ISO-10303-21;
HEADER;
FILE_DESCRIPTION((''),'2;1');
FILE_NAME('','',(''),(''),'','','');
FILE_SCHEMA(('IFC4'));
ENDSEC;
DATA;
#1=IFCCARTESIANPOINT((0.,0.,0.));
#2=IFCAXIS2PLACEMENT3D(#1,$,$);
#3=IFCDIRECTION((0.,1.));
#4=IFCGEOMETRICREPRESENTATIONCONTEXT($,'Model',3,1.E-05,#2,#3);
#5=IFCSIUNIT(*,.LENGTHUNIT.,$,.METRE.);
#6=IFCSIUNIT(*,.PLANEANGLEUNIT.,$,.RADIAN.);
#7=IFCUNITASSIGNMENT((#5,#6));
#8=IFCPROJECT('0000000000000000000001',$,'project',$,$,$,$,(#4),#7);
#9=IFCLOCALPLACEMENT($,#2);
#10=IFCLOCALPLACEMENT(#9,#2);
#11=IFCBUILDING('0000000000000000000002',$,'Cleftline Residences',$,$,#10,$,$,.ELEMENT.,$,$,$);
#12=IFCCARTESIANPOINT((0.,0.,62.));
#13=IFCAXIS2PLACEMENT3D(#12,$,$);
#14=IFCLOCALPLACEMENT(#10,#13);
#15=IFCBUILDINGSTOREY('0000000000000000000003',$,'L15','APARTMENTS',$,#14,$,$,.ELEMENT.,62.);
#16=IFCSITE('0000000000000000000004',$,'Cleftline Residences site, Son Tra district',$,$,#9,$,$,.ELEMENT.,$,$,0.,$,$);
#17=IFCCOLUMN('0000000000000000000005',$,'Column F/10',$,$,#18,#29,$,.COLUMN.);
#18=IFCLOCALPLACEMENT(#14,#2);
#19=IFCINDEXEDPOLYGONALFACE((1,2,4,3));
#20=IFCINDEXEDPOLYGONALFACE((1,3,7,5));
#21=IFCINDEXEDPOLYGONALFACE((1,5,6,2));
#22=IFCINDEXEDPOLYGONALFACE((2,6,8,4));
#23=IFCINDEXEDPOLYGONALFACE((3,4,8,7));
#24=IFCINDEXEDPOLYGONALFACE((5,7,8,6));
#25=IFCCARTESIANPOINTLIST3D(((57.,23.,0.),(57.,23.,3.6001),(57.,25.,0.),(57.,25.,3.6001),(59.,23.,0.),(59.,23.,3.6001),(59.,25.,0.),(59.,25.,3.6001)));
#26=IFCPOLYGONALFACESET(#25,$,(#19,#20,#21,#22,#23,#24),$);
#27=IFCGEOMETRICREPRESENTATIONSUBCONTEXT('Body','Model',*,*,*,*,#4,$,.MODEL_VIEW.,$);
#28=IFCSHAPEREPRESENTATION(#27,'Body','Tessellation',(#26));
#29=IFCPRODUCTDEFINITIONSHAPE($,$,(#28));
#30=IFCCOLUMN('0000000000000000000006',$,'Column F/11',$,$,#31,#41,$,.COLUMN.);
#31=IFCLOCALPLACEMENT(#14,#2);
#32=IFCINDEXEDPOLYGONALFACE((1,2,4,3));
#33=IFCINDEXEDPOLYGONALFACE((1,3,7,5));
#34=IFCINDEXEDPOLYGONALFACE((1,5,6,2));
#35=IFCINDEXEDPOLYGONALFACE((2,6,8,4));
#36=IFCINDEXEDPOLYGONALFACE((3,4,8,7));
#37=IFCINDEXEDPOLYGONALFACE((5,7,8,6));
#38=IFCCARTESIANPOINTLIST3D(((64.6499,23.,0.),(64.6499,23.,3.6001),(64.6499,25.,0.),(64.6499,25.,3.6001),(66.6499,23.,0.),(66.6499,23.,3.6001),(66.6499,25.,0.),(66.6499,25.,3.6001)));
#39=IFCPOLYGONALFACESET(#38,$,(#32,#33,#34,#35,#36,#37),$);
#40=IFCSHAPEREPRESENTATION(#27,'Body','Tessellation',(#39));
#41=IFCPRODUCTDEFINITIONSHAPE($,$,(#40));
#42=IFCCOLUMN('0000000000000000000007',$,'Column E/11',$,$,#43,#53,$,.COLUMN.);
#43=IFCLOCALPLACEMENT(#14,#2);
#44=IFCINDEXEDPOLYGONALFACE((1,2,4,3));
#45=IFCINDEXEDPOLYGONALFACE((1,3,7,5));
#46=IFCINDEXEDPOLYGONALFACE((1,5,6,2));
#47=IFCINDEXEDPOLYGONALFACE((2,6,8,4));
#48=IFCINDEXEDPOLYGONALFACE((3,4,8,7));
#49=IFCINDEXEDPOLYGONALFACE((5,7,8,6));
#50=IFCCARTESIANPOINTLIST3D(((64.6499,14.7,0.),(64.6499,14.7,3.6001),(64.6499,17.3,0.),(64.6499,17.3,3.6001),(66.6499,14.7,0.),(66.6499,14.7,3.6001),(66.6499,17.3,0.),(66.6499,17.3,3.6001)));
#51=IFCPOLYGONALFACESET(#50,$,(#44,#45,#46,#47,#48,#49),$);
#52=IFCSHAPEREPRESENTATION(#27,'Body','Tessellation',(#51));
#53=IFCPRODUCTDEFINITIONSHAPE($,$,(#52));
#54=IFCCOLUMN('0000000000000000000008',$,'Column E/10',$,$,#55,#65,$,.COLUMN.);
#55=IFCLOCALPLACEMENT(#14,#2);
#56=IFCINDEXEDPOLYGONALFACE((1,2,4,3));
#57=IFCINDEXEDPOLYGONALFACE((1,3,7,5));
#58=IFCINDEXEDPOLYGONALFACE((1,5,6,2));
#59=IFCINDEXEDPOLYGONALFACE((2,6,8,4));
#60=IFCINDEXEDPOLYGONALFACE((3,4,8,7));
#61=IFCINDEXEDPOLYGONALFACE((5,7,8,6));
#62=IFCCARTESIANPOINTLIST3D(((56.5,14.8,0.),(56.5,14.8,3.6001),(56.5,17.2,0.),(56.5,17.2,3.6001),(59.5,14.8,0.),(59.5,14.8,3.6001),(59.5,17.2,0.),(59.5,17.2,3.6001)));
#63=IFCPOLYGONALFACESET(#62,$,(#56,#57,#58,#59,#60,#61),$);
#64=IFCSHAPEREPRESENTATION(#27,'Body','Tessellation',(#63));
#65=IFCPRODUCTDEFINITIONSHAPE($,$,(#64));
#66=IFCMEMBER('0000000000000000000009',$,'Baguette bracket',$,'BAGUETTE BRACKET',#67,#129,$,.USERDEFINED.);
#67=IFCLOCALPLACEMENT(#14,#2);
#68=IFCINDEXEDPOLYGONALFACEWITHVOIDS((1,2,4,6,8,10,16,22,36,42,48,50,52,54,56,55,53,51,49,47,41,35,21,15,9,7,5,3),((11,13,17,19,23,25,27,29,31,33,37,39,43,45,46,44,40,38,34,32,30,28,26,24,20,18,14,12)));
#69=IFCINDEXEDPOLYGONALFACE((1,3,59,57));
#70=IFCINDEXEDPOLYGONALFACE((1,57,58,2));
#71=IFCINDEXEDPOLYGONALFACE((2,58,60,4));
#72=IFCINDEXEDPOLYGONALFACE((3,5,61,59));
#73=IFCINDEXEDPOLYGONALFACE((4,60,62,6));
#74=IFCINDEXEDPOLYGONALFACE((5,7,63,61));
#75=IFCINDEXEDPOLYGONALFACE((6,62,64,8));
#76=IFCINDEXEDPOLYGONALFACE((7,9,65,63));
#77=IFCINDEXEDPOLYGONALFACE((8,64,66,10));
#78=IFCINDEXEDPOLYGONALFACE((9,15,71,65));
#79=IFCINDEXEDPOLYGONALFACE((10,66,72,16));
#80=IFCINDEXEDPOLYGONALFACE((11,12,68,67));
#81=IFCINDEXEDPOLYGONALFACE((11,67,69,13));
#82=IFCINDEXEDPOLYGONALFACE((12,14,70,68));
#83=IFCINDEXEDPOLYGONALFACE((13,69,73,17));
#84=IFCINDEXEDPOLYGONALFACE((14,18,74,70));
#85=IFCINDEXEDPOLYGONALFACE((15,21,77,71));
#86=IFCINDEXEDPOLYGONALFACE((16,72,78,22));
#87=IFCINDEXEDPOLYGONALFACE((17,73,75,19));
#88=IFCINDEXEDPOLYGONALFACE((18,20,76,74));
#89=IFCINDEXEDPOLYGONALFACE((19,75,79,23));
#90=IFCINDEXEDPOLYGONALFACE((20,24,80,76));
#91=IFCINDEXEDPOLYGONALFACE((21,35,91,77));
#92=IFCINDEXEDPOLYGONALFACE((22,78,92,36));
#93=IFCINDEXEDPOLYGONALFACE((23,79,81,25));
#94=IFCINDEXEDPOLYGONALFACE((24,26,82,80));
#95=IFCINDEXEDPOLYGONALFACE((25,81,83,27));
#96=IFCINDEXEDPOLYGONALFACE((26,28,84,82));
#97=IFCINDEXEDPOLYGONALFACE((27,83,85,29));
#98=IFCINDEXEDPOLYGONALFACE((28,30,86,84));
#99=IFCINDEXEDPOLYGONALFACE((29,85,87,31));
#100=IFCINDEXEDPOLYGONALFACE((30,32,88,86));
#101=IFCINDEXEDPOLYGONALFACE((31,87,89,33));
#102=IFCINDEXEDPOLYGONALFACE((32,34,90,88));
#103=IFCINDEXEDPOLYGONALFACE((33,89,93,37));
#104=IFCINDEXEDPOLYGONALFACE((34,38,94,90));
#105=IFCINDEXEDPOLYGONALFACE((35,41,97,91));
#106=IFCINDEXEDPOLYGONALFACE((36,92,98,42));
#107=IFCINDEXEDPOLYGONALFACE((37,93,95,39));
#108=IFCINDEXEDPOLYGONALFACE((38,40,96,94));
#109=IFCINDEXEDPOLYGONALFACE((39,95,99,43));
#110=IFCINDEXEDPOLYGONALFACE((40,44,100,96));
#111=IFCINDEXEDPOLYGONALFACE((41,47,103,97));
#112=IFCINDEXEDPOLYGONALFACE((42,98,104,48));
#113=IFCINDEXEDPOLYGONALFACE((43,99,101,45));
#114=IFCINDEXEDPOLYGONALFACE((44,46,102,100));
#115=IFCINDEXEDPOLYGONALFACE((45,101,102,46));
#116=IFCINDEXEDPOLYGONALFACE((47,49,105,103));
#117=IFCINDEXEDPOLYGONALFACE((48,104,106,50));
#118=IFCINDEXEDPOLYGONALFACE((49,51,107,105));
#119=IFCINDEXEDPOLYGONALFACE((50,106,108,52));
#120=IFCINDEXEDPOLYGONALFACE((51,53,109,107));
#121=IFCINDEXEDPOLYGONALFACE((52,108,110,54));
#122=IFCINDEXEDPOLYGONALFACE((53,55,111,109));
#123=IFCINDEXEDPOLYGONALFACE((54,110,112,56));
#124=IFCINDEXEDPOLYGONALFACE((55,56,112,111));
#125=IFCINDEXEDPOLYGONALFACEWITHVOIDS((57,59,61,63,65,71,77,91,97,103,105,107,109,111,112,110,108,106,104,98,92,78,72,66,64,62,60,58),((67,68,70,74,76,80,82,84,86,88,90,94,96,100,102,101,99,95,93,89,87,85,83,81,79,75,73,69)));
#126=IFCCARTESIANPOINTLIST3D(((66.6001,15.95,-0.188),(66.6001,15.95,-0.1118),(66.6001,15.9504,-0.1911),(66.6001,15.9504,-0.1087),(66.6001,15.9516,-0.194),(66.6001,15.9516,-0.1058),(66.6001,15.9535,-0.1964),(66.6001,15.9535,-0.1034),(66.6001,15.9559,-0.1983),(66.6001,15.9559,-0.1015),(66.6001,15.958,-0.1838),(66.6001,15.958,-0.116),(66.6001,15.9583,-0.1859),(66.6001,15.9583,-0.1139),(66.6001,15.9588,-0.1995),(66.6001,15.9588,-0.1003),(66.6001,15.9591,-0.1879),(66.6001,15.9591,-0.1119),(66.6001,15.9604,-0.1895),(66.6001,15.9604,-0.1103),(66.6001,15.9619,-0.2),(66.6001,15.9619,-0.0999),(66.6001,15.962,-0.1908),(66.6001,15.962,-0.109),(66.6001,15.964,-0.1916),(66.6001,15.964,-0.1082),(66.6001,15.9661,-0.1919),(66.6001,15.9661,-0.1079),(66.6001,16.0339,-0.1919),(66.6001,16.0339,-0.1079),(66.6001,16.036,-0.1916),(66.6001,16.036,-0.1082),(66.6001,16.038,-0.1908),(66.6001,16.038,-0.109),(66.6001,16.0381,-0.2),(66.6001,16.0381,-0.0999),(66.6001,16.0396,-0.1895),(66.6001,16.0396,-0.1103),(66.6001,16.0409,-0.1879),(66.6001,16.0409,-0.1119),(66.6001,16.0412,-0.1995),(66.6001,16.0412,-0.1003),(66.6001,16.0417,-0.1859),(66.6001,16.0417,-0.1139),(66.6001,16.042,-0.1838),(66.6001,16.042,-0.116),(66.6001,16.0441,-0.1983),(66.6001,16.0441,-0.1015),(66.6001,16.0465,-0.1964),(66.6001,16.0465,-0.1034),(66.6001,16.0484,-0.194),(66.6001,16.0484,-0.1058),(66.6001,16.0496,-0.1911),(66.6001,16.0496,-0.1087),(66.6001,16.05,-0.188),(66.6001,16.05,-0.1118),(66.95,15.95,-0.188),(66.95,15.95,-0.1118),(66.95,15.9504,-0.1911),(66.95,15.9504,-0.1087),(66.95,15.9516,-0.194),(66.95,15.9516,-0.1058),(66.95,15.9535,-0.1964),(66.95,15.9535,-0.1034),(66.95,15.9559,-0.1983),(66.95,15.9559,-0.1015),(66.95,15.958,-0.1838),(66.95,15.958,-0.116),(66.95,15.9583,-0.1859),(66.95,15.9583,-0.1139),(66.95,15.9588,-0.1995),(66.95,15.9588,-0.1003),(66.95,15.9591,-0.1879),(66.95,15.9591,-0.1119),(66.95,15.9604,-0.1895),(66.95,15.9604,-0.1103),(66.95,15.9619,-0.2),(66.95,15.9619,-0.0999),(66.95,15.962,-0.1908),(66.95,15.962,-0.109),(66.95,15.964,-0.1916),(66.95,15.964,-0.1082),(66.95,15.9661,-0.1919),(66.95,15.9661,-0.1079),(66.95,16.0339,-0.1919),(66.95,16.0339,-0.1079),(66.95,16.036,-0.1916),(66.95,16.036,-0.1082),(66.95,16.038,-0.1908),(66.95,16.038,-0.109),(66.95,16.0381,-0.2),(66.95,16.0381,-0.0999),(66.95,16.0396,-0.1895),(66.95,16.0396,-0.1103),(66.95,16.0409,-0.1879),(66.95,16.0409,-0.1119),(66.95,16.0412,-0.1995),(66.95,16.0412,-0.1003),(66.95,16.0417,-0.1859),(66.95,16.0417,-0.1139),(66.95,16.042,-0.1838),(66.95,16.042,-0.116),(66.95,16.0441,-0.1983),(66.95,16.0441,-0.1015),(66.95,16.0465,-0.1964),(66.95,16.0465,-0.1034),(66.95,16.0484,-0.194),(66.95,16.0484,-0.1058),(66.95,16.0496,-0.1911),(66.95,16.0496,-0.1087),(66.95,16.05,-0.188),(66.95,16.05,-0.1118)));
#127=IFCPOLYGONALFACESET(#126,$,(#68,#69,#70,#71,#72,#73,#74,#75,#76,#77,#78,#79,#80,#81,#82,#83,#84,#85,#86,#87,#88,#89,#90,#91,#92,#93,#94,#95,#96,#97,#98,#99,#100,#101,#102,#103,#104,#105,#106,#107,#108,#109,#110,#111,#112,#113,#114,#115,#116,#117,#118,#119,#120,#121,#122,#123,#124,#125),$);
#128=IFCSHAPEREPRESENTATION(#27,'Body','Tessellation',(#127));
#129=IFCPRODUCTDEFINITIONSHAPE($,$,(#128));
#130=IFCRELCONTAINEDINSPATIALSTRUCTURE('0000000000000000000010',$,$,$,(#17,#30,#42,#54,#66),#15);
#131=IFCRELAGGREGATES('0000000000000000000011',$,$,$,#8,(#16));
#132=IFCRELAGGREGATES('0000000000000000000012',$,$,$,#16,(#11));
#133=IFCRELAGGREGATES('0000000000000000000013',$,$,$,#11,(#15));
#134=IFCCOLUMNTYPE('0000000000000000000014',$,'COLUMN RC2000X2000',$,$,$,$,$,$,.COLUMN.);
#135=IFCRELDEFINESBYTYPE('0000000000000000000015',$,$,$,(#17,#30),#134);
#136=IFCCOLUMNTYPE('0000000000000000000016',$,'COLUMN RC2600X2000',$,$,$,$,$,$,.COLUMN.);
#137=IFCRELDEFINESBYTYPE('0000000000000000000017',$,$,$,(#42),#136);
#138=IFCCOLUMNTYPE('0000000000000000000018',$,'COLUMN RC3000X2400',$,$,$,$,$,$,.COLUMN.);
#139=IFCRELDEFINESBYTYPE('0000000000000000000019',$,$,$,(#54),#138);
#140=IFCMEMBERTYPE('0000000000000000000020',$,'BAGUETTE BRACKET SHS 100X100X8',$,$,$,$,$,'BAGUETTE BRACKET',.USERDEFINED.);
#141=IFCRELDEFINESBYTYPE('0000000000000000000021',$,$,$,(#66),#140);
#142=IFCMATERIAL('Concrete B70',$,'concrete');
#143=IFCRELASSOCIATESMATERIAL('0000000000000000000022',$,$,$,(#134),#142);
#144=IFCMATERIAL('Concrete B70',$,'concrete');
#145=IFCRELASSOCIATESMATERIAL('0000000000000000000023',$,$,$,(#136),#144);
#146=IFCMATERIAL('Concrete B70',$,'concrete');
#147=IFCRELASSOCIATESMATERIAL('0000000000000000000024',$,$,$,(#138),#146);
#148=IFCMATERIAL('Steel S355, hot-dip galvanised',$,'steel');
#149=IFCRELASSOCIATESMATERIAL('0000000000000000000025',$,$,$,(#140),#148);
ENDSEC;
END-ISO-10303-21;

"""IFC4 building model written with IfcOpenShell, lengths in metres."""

from ifc_helpers import new_model, si_unit, direction, frame, origin, origin_2d, place, context, subcontext, project, spatial, rectangle, hollow_rectangle, extrude, material, material_profile, profile_set, type_object, element, save


model = new_model("IFC4")

# Units and contexts
model_context = context("Model", 3, precision=1e-05, world=origin(), true_north=direction((0.0, 1.0)))
body_context = subcontext(model_context, "Body", "Model", "MODEL_VIEW")
ifc_project = project(units=[si_unit("LENGTHUNIT", "METRE"), si_unit("PLANEANGLEUNIT", "RADIAN")], contexts=[model_context])

# Site, building, storey
site_placement = place(None, origin())
site = spatial("IfcSite", under=ifc_project, at=site_placement, Name="Cleftline Residences site, Son Tra district", CompositionType="ELEMENT", RefElevation=0.0)
building_placement = place(site_placement, origin())
building = spatial("IfcBuilding", under=site, at=building_placement, Name="Cleftline Residences", CompositionType="ELEMENT")
storey_placement = place(building_placement, frame((0.0, 0.0, 62.0)))
storey = spatial("IfcBuildingStorey", under=building, at=storey_placement, Name="L15", Description="APARTMENTS", CompositionType="ELEMENT", Elevation=62.0)

# Columns
ifc_material_1 = material(Name="Concrete B70", Category="concrete")
ifc_material_profile_1 = material_profile(ifc_material_1, rectangle(XDim=2.0, YDim=2.0, at=origin_2d()))
ifc_profile_set_1 = profile_set([ifc_material_profile_1], Name="Concrete B70")
column_type_1 = type_object("IfcColumnType", Name="COLUMN RC2000X2000", PredefinedType="COLUMN", material=ifc_profile_set_1)
for number, where, z_axis, x_axis, name in (
    (1, (58.0, 24.0, 0.0), (0.0, 0.0, 1.0), (1.0, 0.0, 0.0), "Column F/10"),
    (2, (65.6499, 24.0, 0.0), (0.0, 0.0, 1.0), (1.0, 0.0, 0.0), "Column F/11"),
):
    element("IfcColumn", number, at=place(storey_placement, frame(where, z_axis=z_axis, x_axis=x_axis)), inside=storey, type_object=column_type_1, Name=name, PredefinedType="COLUMN", context=body_context, shape_type="SweptSolid", body=[
        extrude(rectangle(XDim=2.0, YDim=2.0, at=origin_2d()), origin(), (0.0, 0.0, 1.0), 3.6001),
    ])
ifc_material_2 = material(Name="Concrete B70", Category="concrete")
ifc_material_profile_2 = material_profile(ifc_material_2, rectangle(XDim=2.6001, YDim=2.0, at=origin_2d()))
ifc_profile_set_2 = profile_set([ifc_material_profile_2], Name="Concrete B70")
column_type_2 = type_object("IfcColumnType", Name="COLUMN RC2600X2000", PredefinedType="COLUMN", material=ifc_profile_set_2)
column_1_placement = place(storey_placement, frame((65.6499, 16.0, 0.0), z_axis=(0.0, 0.0, 1.0), x_axis=(0.0, 1.0, 0.0)))
element("IfcColumn", 3, at=column_1_placement, inside=storey, type_object=column_type_2, Name="Column E/11", PredefinedType="COLUMN", context=body_context, shape_type="SweptSolid", body=[
    extrude(rectangle(XDim=2.6001, YDim=2.0, at=origin_2d()), origin(), (0.0, 0.0, 1.0), 3.6001),
])
ifc_material_3 = material(Name="Concrete B70", Category="concrete")
ifc_material_profile_3 = material_profile(ifc_material_3, rectangle(XDim=3.0, YDim=2.3999, at=origin_2d()))
ifc_profile_set_3 = profile_set([ifc_material_profile_3], Name="Concrete B70")
column_type_3 = type_object("IfcColumnType", Name="COLUMN RC3000X2400", PredefinedType="COLUMN", material=ifc_profile_set_3)
column_2_placement = place(storey_placement, frame((58.0, 16.0, 0.0), z_axis=(0.0, 0.0, 1.0), x_axis=(1.0, 0.0, 0.0)))
element("IfcColumn", 4, at=column_2_placement, inside=storey, type_object=column_type_3, Name="Column E/10", PredefinedType="COLUMN", context=body_context, shape_type="SweptSolid", body=[
    extrude(rectangle(XDim=3.0, YDim=2.3999, at=origin_2d()), origin(), (0.0, 0.0, 1.0), 3.6001),
])

# Member
ifc_material_4 = material(Name="Steel S355, hot-dip galvanised", Category="steel")
ifc_material_profile_4 = material_profile(ifc_material_4, hollow_rectangle(XDim=0.1001, YDim=0.1001, WallThickness=0.0081, InnerFilletRadius=0.0081, OuterFilletRadius=0.012, at=origin_2d()))
ifc_profile_set_4 = profile_set([ifc_material_profile_4], Name="Steel S355, hot-dip galvanised")
member_type_1 = type_object("IfcMemberType", Name="BAGUETTE BRACKET SHS 100X100X8", ElementType="BAGUETTE BRACKET", PredefinedType="USERDEFINED", material=ifc_profile_set_4)
member_1_placement = place(storey_placement, frame((66.6001, 16.0, -0.1499), z_axis=(1.0, 0.0, 0.0), x_axis=(0.0, 1.0, 0.0)))
element("IfcMember", 5, at=member_1_placement, inside=storey, type_object=member_type_1, Name="Baguette bracket", ObjectType="BAGUETTE BRACKET", PredefinedType="USERDEFINED", context=body_context, shape_type="SweptSolid", body=[
    extrude(hollow_rectangle(XDim=0.1001, YDim=0.1001, WallThickness=0.0081, InnerFilletRadius=0.0081, OuterFilletRadius=0.012, at=origin_2d()), origin(), (0.0, 0.0, 1.0), 0.3499),
])

save(model, "model.ifc")
